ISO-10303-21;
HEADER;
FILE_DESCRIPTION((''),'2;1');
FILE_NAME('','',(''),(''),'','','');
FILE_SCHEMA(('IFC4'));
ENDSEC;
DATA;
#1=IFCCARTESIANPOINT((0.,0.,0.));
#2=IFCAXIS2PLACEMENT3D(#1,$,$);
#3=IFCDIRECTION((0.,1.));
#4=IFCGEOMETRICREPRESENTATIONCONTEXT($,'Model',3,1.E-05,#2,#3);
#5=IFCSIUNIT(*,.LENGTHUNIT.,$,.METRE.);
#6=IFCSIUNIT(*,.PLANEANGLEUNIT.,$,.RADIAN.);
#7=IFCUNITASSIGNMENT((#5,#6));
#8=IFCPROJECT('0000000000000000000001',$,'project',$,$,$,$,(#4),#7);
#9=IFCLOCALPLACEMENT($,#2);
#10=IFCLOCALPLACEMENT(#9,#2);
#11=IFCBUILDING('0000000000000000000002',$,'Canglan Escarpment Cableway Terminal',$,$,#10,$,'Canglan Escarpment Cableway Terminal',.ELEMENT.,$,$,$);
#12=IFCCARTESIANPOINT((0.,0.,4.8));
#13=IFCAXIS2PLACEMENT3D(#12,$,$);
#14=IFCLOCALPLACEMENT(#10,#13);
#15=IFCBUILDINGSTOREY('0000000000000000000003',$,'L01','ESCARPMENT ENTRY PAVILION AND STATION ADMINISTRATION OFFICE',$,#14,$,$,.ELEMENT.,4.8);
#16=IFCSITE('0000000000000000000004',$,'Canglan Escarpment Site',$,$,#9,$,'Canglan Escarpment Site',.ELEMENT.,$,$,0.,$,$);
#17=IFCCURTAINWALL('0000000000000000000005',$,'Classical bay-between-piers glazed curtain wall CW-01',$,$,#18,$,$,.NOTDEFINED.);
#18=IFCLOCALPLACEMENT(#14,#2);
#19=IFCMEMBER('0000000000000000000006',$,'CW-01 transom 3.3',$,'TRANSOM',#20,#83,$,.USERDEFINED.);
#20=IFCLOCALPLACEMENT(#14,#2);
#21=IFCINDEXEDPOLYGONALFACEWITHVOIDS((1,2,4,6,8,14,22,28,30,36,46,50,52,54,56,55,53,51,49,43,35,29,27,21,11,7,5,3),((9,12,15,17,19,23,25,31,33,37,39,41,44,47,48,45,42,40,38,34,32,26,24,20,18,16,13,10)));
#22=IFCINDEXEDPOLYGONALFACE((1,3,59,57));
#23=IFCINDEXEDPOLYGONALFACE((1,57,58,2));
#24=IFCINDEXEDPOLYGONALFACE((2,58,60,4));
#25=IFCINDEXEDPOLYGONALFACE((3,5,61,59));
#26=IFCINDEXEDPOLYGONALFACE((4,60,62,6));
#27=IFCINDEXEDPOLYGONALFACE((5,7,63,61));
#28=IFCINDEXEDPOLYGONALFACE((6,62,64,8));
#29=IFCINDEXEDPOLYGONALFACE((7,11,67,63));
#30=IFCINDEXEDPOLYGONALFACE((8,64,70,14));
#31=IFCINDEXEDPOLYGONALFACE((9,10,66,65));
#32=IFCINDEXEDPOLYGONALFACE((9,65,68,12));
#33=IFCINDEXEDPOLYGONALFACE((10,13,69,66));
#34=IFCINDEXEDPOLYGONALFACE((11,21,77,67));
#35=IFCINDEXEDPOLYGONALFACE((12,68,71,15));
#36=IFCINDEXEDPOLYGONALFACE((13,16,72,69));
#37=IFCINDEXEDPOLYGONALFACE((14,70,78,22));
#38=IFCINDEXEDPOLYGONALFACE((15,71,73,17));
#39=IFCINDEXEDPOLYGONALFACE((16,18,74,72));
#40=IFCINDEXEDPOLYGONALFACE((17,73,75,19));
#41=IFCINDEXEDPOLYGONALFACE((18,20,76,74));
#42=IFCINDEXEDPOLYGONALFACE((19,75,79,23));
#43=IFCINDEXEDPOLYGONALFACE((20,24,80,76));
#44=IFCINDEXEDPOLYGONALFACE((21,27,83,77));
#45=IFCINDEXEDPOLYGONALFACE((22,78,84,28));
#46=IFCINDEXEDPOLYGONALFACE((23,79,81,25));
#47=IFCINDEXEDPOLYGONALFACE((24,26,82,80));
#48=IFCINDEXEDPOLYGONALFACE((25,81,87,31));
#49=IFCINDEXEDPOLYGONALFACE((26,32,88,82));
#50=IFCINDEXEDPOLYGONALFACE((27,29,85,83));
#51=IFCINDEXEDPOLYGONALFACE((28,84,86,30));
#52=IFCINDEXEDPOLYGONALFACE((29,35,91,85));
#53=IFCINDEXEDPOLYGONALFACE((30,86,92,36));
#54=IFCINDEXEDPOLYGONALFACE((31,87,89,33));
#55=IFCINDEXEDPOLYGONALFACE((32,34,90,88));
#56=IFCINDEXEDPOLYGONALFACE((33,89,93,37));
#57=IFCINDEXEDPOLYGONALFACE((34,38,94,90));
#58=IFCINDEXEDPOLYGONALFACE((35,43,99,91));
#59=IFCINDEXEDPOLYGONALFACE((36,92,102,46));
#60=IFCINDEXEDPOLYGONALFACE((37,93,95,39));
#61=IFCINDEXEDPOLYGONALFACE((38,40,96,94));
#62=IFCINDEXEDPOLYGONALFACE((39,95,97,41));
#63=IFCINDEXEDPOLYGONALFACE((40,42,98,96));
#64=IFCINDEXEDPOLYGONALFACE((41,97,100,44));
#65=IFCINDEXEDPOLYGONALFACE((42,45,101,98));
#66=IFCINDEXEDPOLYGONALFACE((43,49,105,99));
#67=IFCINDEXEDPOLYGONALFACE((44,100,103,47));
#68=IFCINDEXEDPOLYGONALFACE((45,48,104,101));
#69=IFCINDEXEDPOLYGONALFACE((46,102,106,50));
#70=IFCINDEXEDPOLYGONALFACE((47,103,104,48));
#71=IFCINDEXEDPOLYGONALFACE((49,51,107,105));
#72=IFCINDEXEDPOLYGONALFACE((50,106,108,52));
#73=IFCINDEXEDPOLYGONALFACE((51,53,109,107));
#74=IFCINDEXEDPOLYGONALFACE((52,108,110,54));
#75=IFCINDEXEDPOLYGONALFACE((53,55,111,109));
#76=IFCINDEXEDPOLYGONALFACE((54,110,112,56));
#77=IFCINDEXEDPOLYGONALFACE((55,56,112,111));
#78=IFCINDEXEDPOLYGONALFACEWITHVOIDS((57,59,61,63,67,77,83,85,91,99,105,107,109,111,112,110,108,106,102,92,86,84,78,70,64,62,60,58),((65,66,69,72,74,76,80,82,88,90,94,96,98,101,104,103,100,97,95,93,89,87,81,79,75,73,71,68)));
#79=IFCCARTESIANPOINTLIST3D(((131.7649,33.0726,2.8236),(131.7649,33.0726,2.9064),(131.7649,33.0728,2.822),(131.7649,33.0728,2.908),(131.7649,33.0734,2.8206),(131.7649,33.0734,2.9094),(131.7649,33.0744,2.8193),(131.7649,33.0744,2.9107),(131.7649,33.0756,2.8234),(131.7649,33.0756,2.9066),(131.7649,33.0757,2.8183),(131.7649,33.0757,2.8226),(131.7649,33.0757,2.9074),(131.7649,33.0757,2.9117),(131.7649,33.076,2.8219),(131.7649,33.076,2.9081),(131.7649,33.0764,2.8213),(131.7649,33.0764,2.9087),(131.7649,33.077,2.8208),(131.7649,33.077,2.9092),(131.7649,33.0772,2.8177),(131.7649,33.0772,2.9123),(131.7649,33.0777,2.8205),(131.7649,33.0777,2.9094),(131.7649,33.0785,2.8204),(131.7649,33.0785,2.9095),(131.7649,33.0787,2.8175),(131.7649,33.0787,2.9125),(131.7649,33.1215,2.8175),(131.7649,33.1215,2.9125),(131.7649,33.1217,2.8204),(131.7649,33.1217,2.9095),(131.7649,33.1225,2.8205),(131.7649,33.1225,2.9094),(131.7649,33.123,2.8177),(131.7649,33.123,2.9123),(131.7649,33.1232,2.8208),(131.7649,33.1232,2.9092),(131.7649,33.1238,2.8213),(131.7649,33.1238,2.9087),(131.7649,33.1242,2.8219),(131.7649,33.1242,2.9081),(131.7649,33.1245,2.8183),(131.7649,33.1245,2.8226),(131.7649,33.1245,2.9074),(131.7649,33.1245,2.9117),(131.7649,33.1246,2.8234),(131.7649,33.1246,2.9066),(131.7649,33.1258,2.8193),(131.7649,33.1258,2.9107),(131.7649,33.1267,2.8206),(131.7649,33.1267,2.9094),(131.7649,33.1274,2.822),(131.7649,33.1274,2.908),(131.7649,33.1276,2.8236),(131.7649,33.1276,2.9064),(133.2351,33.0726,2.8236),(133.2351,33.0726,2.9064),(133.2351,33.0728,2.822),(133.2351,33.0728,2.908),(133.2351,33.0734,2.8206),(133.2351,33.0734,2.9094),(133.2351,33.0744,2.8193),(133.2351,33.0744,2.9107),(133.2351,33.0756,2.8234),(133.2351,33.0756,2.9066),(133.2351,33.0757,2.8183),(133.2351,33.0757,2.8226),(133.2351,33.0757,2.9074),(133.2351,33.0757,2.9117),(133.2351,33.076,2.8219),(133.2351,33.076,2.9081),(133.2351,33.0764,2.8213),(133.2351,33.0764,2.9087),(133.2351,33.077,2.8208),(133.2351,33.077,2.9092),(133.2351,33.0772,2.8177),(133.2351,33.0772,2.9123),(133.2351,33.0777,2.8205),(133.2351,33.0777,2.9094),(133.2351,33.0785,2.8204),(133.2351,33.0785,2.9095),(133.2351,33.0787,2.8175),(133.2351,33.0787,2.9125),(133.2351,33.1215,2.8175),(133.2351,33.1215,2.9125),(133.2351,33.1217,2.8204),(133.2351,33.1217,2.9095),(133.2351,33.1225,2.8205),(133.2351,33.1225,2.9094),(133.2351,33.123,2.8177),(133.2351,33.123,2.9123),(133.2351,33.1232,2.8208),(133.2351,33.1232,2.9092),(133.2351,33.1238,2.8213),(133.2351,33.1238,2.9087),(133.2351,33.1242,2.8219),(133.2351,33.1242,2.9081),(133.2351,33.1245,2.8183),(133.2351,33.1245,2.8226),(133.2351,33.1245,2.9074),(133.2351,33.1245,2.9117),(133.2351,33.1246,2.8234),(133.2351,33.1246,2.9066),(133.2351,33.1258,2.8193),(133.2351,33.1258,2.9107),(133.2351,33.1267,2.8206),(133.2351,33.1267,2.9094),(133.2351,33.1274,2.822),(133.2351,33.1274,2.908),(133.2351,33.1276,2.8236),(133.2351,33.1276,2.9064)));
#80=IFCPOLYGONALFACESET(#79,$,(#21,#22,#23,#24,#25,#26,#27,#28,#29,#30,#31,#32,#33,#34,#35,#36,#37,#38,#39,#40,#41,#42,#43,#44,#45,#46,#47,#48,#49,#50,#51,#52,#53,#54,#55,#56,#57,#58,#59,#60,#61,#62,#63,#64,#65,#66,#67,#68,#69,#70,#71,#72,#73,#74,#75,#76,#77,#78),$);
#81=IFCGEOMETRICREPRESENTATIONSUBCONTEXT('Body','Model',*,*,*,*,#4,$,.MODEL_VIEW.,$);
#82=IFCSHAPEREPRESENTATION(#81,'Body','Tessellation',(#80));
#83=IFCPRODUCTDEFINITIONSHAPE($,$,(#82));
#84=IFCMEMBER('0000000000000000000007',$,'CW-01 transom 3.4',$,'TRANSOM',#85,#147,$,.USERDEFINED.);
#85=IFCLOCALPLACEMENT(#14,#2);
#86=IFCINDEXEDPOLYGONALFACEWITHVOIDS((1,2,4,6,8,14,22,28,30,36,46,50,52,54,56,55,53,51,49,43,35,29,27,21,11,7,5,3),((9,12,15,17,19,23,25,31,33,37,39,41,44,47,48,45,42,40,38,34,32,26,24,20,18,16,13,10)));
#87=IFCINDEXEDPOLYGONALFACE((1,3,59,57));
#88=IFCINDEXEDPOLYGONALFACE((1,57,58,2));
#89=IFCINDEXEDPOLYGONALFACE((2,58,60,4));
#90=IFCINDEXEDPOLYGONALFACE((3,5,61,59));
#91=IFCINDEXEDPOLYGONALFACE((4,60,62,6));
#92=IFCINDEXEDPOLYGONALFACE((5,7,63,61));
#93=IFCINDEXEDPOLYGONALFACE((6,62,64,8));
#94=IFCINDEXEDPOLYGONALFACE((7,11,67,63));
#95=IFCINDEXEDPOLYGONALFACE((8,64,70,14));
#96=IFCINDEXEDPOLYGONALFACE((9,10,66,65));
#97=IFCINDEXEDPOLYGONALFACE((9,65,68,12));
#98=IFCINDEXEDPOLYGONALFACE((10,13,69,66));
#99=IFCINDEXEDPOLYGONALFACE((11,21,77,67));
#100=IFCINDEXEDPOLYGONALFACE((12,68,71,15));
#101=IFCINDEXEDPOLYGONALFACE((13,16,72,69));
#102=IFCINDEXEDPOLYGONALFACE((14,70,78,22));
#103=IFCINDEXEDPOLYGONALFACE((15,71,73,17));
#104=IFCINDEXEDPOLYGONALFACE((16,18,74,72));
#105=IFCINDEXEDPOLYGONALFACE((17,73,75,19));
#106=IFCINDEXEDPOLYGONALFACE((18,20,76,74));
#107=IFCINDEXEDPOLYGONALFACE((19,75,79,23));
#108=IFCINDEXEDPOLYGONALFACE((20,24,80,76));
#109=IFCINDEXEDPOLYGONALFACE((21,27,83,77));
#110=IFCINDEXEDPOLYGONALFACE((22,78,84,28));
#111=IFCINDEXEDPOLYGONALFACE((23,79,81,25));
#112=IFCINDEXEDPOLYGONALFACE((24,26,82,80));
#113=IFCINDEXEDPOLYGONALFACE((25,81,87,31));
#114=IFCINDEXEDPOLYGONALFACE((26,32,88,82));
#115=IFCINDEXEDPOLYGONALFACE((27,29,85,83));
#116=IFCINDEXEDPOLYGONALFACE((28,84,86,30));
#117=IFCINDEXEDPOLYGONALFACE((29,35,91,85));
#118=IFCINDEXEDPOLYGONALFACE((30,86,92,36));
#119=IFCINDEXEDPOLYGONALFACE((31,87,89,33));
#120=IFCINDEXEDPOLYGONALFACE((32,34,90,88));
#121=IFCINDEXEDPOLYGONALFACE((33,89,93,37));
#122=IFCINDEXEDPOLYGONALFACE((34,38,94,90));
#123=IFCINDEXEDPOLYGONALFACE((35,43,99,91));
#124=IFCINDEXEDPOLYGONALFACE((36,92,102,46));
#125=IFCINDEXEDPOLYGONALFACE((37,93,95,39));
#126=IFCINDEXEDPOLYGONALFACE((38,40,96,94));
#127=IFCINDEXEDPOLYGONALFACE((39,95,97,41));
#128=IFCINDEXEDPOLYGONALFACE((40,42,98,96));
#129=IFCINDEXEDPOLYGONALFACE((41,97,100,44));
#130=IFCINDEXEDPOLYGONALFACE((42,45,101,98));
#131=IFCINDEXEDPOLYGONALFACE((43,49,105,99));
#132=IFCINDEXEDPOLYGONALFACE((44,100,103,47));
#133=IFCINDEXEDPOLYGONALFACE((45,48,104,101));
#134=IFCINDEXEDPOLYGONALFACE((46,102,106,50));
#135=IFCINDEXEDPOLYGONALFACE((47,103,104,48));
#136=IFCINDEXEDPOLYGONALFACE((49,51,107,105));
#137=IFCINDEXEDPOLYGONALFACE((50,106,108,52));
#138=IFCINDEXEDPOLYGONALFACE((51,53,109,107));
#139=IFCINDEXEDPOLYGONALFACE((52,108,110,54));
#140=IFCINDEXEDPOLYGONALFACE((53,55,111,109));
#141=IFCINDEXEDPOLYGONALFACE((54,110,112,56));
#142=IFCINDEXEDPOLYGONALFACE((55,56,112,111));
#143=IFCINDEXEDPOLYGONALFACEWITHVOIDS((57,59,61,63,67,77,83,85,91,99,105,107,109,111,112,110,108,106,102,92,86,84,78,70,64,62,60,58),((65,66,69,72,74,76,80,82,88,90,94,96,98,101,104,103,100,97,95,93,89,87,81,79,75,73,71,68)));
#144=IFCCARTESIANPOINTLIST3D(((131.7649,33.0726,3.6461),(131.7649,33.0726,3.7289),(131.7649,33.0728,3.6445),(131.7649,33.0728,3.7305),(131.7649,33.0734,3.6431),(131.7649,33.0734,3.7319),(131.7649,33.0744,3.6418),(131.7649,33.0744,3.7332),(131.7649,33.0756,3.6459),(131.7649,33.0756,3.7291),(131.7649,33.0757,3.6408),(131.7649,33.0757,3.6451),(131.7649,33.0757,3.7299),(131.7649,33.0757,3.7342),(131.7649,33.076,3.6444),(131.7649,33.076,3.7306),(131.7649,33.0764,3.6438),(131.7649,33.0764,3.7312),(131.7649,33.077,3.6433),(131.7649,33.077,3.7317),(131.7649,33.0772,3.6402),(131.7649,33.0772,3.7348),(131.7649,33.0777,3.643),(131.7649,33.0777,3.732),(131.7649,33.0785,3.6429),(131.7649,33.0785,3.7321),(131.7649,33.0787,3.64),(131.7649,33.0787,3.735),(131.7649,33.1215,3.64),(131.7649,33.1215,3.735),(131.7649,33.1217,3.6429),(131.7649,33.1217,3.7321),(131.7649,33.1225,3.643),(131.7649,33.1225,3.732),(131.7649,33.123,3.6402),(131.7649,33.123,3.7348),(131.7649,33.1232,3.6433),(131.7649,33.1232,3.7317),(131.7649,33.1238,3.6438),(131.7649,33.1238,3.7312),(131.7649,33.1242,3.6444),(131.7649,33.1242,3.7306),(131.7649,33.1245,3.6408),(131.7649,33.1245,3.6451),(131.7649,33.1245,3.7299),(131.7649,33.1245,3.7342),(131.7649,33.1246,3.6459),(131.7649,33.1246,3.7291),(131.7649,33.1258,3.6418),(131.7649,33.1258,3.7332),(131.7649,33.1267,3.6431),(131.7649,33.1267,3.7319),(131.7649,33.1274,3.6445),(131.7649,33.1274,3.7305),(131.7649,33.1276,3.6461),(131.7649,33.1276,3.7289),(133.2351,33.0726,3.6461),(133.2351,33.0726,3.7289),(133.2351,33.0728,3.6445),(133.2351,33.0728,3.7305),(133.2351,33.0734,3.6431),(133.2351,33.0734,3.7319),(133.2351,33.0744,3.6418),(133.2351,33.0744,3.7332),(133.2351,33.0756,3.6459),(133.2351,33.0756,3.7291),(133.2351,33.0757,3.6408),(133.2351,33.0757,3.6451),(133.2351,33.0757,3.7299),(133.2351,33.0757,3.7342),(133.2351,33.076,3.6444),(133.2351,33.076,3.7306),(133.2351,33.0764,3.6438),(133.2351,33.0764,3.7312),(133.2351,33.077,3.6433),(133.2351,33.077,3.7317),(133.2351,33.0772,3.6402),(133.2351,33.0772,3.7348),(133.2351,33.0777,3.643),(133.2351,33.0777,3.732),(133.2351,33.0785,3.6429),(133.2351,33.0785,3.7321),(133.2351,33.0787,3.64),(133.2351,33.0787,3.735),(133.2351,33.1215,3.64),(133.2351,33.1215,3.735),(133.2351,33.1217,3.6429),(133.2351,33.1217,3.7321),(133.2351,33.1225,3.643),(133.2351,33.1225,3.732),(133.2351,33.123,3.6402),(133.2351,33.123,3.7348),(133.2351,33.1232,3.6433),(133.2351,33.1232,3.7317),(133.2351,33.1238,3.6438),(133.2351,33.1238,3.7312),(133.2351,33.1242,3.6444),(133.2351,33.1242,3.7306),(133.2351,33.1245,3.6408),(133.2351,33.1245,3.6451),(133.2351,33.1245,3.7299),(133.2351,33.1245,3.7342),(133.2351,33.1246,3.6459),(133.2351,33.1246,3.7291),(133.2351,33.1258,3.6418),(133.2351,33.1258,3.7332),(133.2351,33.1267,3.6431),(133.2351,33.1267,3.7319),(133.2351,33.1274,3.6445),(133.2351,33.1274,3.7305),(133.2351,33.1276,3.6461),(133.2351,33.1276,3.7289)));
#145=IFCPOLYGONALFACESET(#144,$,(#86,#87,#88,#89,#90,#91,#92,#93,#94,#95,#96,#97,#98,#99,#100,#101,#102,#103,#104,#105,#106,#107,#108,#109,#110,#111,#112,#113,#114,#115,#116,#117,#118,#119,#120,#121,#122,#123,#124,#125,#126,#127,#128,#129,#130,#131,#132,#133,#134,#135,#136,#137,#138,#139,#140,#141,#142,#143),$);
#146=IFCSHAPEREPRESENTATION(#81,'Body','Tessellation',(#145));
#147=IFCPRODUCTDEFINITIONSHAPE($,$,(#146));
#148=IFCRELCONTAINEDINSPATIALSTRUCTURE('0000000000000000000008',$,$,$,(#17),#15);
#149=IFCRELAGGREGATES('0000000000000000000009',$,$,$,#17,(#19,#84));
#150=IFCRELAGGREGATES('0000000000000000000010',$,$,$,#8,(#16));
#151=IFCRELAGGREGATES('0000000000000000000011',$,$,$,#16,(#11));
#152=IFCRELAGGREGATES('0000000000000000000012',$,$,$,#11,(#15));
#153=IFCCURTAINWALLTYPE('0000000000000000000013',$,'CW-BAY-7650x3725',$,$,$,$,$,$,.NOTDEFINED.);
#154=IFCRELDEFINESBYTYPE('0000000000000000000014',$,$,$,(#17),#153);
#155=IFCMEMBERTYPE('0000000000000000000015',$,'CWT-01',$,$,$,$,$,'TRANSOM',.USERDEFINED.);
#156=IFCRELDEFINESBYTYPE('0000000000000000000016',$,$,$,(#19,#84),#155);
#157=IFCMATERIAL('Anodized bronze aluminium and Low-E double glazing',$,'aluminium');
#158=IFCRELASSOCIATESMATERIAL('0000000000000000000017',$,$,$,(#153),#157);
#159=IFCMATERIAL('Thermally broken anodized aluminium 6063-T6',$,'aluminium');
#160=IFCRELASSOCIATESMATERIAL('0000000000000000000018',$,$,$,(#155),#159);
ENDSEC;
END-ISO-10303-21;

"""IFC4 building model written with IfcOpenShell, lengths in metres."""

from ifc_helpers import new_model, si_unit, direction, frame, origin, origin_2d, place, context, subcontext, project, spatial, hollow_rectangle, extrude, material, material_profile, profile_set, type_object, element, aggregate, save


model = new_model("IFC4")

# Units and contexts
model_context = context("Model", 3, precision=1e-05, world=origin(), true_north=direction((0.0, 1.0)))
body_context = subcontext(model_context, "Body", "Model", "MODEL_VIEW")
ifc_project = project(units=[si_unit("LENGTHUNIT", "METRE"), si_unit("PLANEANGLEUNIT", "RADIAN")], contexts=[model_context])

# Site, building, storey
site_placement = place(None, origin())
site = spatial("IfcSite", under=ifc_project, at=site_placement, Name="Canglan Escarpment Site", LongName="Canglan Escarpment Site", CompositionType="ELEMENT", RefElevation=0.0)
building_placement = place(site_placement, origin())
building = spatial("IfcBuilding", under=site, at=building_placement, Name="Canglan Escarpment Cableway Terminal", LongName="Canglan Escarpment Cableway Terminal", CompositionType="ELEMENT")
storey_placement = place(building_placement, frame((0.0, 0.0, 4.8)))
storey = spatial("IfcBuildingStorey", under=building, at=storey_placement, Name="L01", Description="ESCARPMENT ENTRY PAVILION AND STATION ADMINISTRATION OFFICE", CompositionType="ELEMENT", Elevation=4.8)

# Curtain wall, members
ifc_material_1 = material(Name="Anodized bronze aluminium and Low-E double glazing", Category="aluminium")
curtain_wall_type = type_object("IfcCurtainWallType", Name="CW-BAY-7650x3725", PredefinedType="NOTDEFINED", material=ifc_material_1)
curtain_wall_placement = place(storey_placement, origin())
curtain_wall = element("IfcCurtainWall", 1, at=curtain_wall_placement, inside=storey, type_object=curtain_wall_type, Name="Classical bay-between-piers glazed curtain wall CW-01", PredefinedType="NOTDEFINED")
ifc_material_2 = material(Name="Thermally broken anodized aluminium 6063-T6", Category="aluminium")
ifc_material_profile_1 = material_profile(ifc_material_2, hollow_rectangle(XDim=0.0549, YDim=0.095, WallThickness=0.0029, InnerFilletRadius=0.0029, OuterFilletRadius=0.0061, at=origin_2d()), Name="ALU-TRAN 55x95x3")
ifc_profile_set_1 = profile_set([ifc_material_profile_1], Name="Thermally broken anodized aluminium 6063-T6")
member_type_1 = type_object("IfcMemberType", Name="CWT-01", ElementType="TRANSOM", PredefinedType="USERDEFINED", material=ifc_profile_set_1)
member_1_placement = place(storey_placement, frame((133.2351, 33.1001, 2.865), z_axis=(-1.0, 0.0, 0.0), x_axis=(0.0, -1.0, 0.0)))
member_1 = element("IfcMember", 2, at=member_1_placement, type_object=member_type_1, Name="CW-01 transom 3.3", ObjectType="TRANSOM", PredefinedType="USERDEFINED", context=body_context, shape_type="SweptSolid", body=[
    extrude(hollow_rectangle(XDim=0.0549, YDim=0.095, WallThickness=0.0029, InnerFilletRadius=0.0029, OuterFilletRadius=0.0061, at=origin_2d()), origin(), (0.0, 0.0, 1.0), 1.4702),
])
member_2_placement = place(storey_placement, frame((133.2351, 33.1001, 3.6875), z_axis=(-1.0, 0.0, 0.0), x_axis=(0.0, -1.0, 0.0)))
member_2 = element("IfcMember", 3, at=member_2_placement, type_object=member_type_1, Name="CW-01 transom 3.4", ObjectType="TRANSOM", PredefinedType="USERDEFINED", context=body_context, shape_type="SweptSolid", body=[
    extrude(hollow_rectangle(XDim=0.0549, YDim=0.095, WallThickness=0.0029, InnerFilletRadius=0.0029, OuterFilletRadius=0.0061, at=origin_2d()), origin(), (0.0, 0.0, 1.0), 1.4702),
])
aggregate(curtain_wall, [member_1, member_2])

save(model, "model.ifc")
